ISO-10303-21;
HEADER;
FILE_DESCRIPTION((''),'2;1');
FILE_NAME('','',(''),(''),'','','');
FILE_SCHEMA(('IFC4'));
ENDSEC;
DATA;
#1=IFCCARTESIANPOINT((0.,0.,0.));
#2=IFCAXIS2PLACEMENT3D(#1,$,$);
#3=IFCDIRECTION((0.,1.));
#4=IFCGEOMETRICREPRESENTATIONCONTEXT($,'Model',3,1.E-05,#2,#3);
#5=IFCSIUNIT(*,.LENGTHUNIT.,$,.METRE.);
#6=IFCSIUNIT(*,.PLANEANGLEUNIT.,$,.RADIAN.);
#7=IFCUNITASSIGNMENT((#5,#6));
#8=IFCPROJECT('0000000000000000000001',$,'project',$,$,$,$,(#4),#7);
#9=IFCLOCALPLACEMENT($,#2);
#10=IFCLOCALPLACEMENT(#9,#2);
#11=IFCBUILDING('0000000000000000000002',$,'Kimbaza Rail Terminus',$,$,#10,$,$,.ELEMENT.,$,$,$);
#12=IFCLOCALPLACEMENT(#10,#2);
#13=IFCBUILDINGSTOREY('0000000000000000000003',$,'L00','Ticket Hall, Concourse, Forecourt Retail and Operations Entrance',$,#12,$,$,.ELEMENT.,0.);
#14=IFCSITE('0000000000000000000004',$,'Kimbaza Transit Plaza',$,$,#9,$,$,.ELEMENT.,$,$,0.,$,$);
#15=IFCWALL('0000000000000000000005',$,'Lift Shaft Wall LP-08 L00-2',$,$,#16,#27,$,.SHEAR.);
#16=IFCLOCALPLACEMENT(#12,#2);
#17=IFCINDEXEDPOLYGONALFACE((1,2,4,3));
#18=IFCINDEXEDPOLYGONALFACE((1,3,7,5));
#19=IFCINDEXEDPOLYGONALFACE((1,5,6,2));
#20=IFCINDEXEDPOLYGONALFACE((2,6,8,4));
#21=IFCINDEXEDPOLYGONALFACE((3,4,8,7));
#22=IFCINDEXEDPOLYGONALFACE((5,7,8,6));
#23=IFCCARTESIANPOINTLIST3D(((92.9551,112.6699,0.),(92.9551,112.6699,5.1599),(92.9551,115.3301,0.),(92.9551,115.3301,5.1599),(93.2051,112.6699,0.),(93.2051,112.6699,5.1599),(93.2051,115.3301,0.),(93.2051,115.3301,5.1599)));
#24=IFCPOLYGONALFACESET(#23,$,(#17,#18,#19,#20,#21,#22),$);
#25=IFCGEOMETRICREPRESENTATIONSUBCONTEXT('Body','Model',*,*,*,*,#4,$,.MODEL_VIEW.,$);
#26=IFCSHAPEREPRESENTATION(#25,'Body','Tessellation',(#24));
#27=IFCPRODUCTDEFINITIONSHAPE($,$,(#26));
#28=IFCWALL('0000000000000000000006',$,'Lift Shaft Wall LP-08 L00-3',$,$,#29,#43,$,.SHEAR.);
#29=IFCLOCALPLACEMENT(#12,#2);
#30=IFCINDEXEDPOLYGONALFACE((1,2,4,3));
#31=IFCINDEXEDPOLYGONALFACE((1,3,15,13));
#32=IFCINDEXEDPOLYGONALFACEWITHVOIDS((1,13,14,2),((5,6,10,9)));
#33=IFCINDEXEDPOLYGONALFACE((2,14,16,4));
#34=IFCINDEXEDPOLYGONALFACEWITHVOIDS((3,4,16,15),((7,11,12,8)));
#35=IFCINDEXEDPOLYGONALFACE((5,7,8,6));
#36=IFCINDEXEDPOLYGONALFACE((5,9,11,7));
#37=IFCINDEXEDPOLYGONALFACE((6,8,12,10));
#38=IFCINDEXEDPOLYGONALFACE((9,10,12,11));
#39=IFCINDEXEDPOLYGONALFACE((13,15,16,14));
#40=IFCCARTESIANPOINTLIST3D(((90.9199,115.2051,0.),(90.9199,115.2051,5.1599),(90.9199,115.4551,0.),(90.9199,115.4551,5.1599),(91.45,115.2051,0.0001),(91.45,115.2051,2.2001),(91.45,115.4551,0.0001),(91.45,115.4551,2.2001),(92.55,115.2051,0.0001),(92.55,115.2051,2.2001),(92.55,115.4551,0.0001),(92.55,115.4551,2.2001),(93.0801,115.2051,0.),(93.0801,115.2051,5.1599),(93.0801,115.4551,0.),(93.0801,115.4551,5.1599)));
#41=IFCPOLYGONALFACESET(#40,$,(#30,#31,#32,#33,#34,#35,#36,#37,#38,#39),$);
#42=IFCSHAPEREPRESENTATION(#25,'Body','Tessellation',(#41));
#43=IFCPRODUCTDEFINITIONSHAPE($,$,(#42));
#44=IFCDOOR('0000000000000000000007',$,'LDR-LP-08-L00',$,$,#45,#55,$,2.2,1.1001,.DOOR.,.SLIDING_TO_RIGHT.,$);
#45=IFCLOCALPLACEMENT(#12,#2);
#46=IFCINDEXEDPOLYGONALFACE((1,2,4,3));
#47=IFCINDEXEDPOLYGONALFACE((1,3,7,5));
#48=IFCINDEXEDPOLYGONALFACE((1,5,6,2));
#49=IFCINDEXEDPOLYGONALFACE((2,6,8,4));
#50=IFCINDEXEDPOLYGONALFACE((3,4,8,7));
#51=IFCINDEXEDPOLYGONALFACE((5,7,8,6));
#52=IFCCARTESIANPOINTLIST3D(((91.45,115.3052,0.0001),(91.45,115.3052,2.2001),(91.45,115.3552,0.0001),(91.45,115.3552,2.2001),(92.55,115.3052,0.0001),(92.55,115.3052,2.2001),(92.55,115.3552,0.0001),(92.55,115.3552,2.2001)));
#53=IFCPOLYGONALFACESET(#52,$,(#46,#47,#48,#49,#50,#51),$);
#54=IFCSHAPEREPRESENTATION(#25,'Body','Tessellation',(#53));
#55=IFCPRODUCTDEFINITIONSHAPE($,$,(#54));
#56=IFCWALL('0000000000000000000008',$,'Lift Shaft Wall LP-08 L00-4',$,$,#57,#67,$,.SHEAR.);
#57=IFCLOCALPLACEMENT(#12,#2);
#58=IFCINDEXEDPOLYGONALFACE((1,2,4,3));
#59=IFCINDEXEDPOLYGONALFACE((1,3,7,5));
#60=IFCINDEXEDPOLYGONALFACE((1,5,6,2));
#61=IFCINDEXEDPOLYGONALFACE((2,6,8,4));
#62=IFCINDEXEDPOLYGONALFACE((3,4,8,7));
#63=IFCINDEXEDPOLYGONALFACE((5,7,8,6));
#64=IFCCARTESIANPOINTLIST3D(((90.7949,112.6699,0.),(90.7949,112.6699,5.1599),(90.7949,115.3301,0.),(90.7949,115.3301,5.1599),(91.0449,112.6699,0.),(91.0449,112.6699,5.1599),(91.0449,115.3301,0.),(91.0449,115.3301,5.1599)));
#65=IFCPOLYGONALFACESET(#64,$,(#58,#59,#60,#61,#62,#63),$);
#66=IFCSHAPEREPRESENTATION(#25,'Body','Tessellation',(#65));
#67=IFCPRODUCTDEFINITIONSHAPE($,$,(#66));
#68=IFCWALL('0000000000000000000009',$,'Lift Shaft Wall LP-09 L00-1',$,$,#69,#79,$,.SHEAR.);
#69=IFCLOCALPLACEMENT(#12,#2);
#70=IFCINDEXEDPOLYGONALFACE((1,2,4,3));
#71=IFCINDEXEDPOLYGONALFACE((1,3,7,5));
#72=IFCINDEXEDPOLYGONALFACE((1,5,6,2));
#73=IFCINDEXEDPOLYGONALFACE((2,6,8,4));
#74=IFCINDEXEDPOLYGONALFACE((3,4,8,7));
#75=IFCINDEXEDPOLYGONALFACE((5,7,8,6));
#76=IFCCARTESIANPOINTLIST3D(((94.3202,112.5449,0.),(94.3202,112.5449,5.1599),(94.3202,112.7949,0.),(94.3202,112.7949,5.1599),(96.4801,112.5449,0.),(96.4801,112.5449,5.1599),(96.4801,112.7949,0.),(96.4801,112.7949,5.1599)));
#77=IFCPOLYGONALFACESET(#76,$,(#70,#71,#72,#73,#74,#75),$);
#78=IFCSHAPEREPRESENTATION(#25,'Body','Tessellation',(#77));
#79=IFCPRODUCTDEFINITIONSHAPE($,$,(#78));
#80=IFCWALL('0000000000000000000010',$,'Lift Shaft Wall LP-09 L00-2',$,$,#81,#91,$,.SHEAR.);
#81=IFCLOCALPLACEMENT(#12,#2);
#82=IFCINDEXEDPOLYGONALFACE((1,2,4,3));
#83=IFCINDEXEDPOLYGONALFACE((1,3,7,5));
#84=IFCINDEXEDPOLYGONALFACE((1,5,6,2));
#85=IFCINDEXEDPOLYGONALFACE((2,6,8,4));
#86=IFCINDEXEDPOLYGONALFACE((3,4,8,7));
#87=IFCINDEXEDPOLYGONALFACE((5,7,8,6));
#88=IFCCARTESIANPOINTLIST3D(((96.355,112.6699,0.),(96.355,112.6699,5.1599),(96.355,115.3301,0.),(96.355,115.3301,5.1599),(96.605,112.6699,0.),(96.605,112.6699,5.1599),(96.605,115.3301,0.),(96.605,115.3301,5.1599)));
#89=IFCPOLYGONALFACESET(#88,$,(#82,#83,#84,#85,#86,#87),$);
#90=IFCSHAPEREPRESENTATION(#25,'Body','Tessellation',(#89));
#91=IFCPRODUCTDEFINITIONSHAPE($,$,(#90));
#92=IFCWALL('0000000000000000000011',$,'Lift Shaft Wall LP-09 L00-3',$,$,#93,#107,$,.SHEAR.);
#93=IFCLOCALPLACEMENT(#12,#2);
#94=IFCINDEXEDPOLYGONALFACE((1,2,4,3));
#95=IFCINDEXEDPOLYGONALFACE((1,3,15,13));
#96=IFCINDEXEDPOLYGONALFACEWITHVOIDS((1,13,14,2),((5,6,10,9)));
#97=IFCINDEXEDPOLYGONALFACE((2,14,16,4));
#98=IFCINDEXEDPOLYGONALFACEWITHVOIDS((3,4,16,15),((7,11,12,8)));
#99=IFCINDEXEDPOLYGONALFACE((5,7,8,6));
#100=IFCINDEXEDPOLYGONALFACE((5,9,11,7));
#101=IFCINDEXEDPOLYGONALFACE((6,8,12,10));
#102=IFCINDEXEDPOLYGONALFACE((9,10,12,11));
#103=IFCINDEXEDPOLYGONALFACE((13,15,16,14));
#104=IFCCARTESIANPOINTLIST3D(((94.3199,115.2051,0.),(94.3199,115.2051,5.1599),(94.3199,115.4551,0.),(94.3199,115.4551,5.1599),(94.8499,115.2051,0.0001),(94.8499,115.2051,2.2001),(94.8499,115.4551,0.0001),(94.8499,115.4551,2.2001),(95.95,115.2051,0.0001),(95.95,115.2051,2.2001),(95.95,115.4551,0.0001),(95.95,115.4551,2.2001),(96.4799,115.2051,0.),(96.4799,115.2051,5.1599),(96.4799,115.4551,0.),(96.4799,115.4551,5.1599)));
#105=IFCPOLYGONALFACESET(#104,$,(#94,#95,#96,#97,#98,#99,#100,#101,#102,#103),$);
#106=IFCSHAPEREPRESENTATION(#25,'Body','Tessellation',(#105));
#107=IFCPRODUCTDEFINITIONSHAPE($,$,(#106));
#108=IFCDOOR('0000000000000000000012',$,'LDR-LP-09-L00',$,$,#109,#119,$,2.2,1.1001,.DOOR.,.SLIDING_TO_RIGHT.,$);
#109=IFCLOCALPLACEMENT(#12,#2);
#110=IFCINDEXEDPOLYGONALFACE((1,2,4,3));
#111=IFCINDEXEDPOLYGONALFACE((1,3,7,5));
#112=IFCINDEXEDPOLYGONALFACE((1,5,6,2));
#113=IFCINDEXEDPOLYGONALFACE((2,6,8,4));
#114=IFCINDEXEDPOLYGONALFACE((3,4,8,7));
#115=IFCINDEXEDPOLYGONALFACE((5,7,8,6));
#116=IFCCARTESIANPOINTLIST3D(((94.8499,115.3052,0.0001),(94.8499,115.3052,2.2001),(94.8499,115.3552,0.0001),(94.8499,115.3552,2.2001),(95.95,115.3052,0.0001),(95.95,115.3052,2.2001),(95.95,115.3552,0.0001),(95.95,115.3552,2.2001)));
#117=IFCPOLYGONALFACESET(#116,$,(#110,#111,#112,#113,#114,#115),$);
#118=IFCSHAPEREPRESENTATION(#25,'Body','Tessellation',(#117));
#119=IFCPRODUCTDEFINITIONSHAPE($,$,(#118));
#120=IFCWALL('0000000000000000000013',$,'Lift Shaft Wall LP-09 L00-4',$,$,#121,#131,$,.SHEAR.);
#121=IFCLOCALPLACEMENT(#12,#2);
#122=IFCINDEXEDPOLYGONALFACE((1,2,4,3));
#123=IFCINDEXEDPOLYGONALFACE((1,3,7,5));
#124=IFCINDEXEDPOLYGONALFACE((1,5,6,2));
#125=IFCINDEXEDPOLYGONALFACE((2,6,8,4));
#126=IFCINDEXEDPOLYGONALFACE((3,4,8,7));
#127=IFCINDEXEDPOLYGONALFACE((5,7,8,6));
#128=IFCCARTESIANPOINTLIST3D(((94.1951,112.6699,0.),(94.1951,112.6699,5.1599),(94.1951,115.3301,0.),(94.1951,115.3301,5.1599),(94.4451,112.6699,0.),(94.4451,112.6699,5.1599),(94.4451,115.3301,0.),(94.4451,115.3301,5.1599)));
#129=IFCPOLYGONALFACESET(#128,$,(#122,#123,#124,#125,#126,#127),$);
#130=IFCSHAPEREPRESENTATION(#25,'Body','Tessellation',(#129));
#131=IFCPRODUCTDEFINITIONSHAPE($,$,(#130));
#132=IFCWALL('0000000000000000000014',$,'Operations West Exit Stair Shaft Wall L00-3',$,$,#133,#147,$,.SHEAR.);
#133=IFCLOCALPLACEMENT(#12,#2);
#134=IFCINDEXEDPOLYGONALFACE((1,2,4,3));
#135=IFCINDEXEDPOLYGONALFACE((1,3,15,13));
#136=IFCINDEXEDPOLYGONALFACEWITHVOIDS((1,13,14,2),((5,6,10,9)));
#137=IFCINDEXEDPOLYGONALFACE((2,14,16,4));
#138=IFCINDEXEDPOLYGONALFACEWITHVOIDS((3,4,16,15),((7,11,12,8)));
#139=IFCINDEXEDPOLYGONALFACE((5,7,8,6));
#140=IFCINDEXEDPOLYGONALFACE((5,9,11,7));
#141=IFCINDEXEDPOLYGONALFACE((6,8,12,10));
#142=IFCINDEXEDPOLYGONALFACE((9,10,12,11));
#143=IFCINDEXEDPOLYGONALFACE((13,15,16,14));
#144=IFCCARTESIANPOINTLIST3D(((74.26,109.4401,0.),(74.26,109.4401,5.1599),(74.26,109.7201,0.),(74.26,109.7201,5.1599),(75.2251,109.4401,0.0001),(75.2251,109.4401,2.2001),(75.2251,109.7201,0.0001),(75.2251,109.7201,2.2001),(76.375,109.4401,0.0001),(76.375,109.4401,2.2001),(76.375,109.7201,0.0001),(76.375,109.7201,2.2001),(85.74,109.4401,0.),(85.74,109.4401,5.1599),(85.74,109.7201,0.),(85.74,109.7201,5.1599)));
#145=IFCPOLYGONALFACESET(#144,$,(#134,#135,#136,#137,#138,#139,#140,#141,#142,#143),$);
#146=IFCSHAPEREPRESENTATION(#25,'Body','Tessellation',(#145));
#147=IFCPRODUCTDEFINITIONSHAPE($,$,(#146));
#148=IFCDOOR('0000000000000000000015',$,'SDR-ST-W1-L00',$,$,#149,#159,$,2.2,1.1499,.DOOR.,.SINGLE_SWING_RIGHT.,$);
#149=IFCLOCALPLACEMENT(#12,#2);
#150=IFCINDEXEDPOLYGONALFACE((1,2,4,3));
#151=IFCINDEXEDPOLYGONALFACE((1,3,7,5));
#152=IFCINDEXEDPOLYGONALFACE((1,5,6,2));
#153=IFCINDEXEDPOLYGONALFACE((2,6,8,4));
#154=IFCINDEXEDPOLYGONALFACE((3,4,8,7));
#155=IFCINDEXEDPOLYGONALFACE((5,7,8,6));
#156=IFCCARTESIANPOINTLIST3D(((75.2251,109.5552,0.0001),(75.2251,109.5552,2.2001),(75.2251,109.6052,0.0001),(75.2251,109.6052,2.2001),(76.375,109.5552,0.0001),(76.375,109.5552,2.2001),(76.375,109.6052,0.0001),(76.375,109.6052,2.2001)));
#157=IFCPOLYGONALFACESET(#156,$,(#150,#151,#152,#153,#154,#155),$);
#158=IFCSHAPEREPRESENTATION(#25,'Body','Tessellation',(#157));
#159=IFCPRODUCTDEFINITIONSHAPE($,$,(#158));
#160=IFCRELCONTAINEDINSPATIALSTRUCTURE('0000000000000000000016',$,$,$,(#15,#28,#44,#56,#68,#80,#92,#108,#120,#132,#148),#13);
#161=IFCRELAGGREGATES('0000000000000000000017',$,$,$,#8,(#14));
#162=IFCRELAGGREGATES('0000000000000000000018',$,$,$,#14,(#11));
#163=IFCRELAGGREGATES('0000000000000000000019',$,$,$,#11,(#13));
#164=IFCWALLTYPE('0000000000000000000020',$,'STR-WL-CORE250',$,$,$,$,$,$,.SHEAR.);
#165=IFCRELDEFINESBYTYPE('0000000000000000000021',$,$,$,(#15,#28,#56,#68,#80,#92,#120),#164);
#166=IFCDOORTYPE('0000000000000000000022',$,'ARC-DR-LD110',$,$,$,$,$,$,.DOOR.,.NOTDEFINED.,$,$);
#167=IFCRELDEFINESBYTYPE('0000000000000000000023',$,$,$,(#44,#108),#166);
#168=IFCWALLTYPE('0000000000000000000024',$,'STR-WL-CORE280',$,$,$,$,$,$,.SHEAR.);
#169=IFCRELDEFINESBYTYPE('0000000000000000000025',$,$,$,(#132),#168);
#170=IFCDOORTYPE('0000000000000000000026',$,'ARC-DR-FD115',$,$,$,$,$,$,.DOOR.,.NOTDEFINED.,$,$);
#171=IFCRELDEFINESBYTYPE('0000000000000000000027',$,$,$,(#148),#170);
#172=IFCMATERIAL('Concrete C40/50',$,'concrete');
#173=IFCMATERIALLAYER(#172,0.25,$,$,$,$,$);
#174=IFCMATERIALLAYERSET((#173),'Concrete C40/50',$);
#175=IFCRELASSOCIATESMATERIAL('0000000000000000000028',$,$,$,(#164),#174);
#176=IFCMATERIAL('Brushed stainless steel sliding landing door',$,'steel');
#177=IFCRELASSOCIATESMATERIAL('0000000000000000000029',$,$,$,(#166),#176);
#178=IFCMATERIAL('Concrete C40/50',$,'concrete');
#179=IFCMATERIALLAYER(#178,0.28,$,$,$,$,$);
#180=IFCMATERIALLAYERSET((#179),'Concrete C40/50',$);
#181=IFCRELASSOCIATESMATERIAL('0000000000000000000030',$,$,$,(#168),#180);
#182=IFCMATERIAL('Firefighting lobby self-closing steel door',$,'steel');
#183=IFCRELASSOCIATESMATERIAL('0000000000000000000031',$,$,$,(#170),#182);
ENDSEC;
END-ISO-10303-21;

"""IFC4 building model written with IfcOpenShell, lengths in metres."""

from ifc_helpers import new_model, si_unit, direction, frame, frame_2d, origin, place, context, subcontext, project, spatial, rectangle, extrude, material, layer, layer_set, type_object, element, fill, save


model = new_model("IFC4")

# Units and contexts
model_context = context("Model", 3, precision=1e-05, world=origin(), true_north=direction((0.0, 1.0)))
body_context = subcontext(model_context, "Body", "Model", "MODEL_VIEW")
ifc_project = project(units=[si_unit("LENGTHUNIT", "METRE"), si_unit("PLANEANGLEUNIT", "RADIAN")], contexts=[model_context])

# Site, building, storey
site_placement = place(None, origin())
site = spatial("IfcSite", under=ifc_project, at=site_placement, Name="Kimbaza Transit Plaza", CompositionType="ELEMENT", RefElevation=0.0)
building_placement = place(site_placement, origin())
building = spatial("IfcBuilding", under=site, at=building_placement, Name="Kimbaza Rail Terminus", CompositionType="ELEMENT")
storey_placement = place(building_placement, origin())
storey = spatial("IfcBuildingStorey", under=building, at=storey_placement, Name="L00", Description="Ticket Hall, Concourse, Forecourt Retail and Operations Entrance", CompositionType="ELEMENT", Elevation=0.0)

# Wall
ifc_material_1 = material(Name="Concrete C40/50", Category="concrete")
ifc_layer_1 = layer(ifc_material_1, 0.25)
ifc_layer_set_1 = layer_set([ifc_layer_1], Name="Concrete C40/50")
wall_type_1 = type_object("IfcWallType", Name="STR-WL-CORE250", PredefinedType="SHEAR", material=ifc_layer_set_1)
wall_1_placement = place(storey_placement, frame((93.0801, 112.6699, 0.0), z_axis=(0.0, 0.0, 1.0), x_axis=(0.0, 1.0, 0.0)))
element("IfcWall", 1, at=wall_1_placement, inside=storey, type_object=wall_type_1, Name="Lift Shaft Wall LP-08 L00-2", PredefinedType="SHEAR", context=body_context, shape_type="SweptSolid", body=[
    extrude(rectangle(XDim=2.6602, YDim=0.25, at=frame_2d((1.3301, 0.0))), origin(), (0.0, 0.0, 1.0), 5.1599),
])

# Wall, opening, door
wall_2_placement = place(storey_placement, frame((93.0801, 115.3301, 0.0), z_axis=(0.0, 0.0, 1.0), x_axis=(-1.0, 0.0, 0.0)))
wall_2 = element("IfcWall", 2, at=wall_2_placement, inside=storey, type_object=wall_type_1, Name="Lift Shaft Wall LP-08 L00-3", PredefinedType="SHEAR", context=body_context, shape_type="SweptSolid", body=[
    extrude(rectangle(XDim=2.1602, YDim=0.25, at=frame_2d((1.0801, 0.0))), origin(), (0.0, 0.0, 1.0), 5.1599),
])
opening_1_placement = place(wall_2_placement, frame((0.53, 0.0, 0.0)))
opening_1 = element("IfcOpeningElement", 3, at=opening_1_placement, cuts=wall_2, PredefinedType="OPENING", context=body_context, shape_type="SweptSolid", body=[
    extrude(rectangle(XDim=1.1001, YDim=2.2, at=frame_2d((0.55, 1.1001))), frame((0.0, 0.135, 0.0), z_axis=(0.0, -1.0, 0.0), x_axis=(1.0, 0.0, 0.0)), (0.0, 0.0, 1.0), 0.27),
])
ifc_material_2 = material(Name="Brushed stainless steel sliding landing door", Category="steel")
door_type_1 = type_object("IfcDoorType", Name="ARC-DR-LD110", OperationType="NOTDEFINED", PredefinedType="DOOR", material=ifc_material_2)
door_1_placement = place(opening_1_placement, origin())
door_1 = element("IfcDoor", 4, at=door_1_placement, inside=storey, type_object=door_type_1, Name="LDR-LP-08-L00", OperationType="SLIDING_TO_RIGHT", OverallHeight=2.2, OverallWidth=1.1001, PredefinedType="DOOR", context=body_context, shape_type="SweptSolid", body=[
    extrude(rectangle(XDim=1.1001, YDim=2.2, at=frame_2d((0.55, 1.1001))), frame((0.0, 0.0249, 0.0), z_axis=(0.0, -1.0, 0.0), x_axis=(1.0, 0.0, 0.0)), (0.0, 0.0, 1.0), 0.05),
])
fill(opening_1, door_1)

# Walls
wall_3_placement = place(storey_placement, frame((90.9199, 115.3301, 0.0), z_axis=(0.0, 0.0, 1.0), x_axis=(0.0, -1.0, 0.0)))
element("IfcWall", 5, at=wall_3_placement, inside=storey, type_object=wall_type_1, Name="Lift Shaft Wall LP-08 L00-4", PredefinedType="SHEAR", context=body_context, shape_type="SweptSolid", body=[
    extrude(rectangle(XDim=2.6602, YDim=0.25, at=frame_2d((1.3301, 0.0))), origin(), (0.0, 0.0, 1.0), 5.1599),
])
wall_4_placement = place(storey_placement, frame((94.3201, 112.6699, 0.0), z_axis=(0.0, 0.0, 1.0), x_axis=(1.0, 0.0, 0.0)))
element("IfcWall", 6, at=wall_4_placement, inside=storey, type_object=wall_type_1, Name="Lift Shaft Wall LP-09 L00-1", PredefinedType="SHEAR", context=body_context, shape_type="SweptSolid", body=[
    extrude(rectangle(XDim=2.1599, YDim=0.25, at=frame_2d((1.0801, 0.0))), origin(), (0.0, 0.0, 1.0), 5.1599),
])
wall_5_placement = place(storey_placement, frame((96.48, 112.6699, 0.0), z_axis=(0.0, 0.0, 1.0), x_axis=(0.0, 1.0, 0.0)))
element("IfcWall", 7, at=wall_5_placement, inside=storey, type_object=wall_type_1, Name="Lift Shaft Wall LP-09 L00-2", PredefinedType="SHEAR", context=body_context, shape_type="SweptSolid", body=[
    extrude(rectangle(XDim=2.6602, YDim=0.25, at=frame_2d((1.3301, 0.0))), origin(), (0.0, 0.0, 1.0), 5.1599),
])

# Wall, opening, door
wall_6_placement = place(storey_placement, frame((96.48, 115.3301, 0.0), z_axis=(0.0, 0.0, 1.0), x_axis=(-1.0, 0.0, 0.0)))
wall_6 = element("IfcWall", 8, at=wall_6_placement, inside=storey, type_object=wall_type_1, Name="Lift Shaft Wall LP-09 L00-3", PredefinedType="SHEAR", context=body_context, shape_type="SweptSolid", body=[
    extrude(rectangle(XDim=2.1599, YDim=0.25, at=frame_2d((1.0801, 0.0))), origin(), (0.0, 0.0, 1.0), 5.1599),
])
opening_2_placement = place(wall_6_placement, frame((0.53, 0.0, 0.0)))
opening_2 = element("IfcOpeningElement", 9, at=opening_2_placement, cuts=wall_6, PredefinedType="OPENING", context=body_context, shape_type="SweptSolid", body=[
    extrude(rectangle(XDim=1.1001, YDim=2.2, at=frame_2d((0.55, 1.1001))), frame((0.0, 0.135, 0.0), z_axis=(0.0, -1.0, 0.0), x_axis=(1.0, 0.0, 0.0)), (0.0, 0.0, 1.0), 0.27),
])
door_2_placement = place(opening_2_placement, origin())
door_2 = element("IfcDoor", 10, at=door_2_placement, inside=storey, type_object=door_type_1, Name="LDR-LP-09-L00", OperationType="SLIDING_TO_RIGHT", OverallHeight=2.2, OverallWidth=1.1001, PredefinedType="DOOR", context=body_context, shape_type="SweptSolid", body=[
    extrude(rectangle(XDim=1.1001, YDim=2.2, at=frame_2d((0.55, 1.1001))), frame((0.0, 0.0249, 0.0), z_axis=(0.0, -1.0, 0.0), x_axis=(1.0, 0.0, 0.0)), (0.0, 0.0, 1.0), 0.05),
])
fill(opening_2, door_2)

# Wall
wall_7_placement = place(storey_placement, frame((94.3201, 115.3301, 0.0), z_axis=(0.0, 0.0, 1.0), x_axis=(0.0, -1.0, 0.0)))
element("IfcWall", 11, at=wall_7_placement, inside=storey, type_object=wall_type_1, Name="Lift Shaft Wall LP-09 L00-4", PredefinedType="SHEAR", context=body_context, shape_type="SweptSolid", body=[
    extrude(rectangle(XDim=2.6602, YDim=0.25, at=frame_2d((1.3301, 0.0))), origin(), (0.0, 0.0, 1.0), 5.1599),
])

# Wall, opening, door
ifc_material_3 = material(Name="Concrete C40/50", Category="concrete")
ifc_layer_2 = layer(ifc_material_3, 0.28)
ifc_layer_set_2 = layer_set([ifc_layer_2], Name="Concrete C40/50")
wall_type_2 = type_object("IfcWallType", Name="STR-WL-CORE280", PredefinedType="SHEAR", material=ifc_layer_set_2)
wall_8_placement = place(storey_placement, frame((85.74, 109.5801, 0.0), z_axis=(0.0, 0.0, 1.0), x_axis=(-1.0, 0.0, 0.0)))
wall_8 = element("IfcWall", 12, at=wall_8_placement, inside=storey, type_object=wall_type_2, Name="Operations West Exit Stair Shaft Wall L00-3", PredefinedType="SHEAR", context=body_context, shape_type="SweptSolid", body=[
    extrude(rectangle(XDim=11.48, YDim=0.28, at=frame_2d((5.74, 0.0))), origin(), (0.0, 0.0, 1.0), 5.1599),
])
opening_3_placement = place(wall_8_placement, frame((9.365, 0.0, 0.0)))
opening_3 = element("IfcOpeningElement", 13, at=opening_3_placement, cuts=wall_8, PredefinedType="OPENING", context=body_context, shape_type="SweptSolid", body=[
    extrude(rectangle(XDim=1.1499, YDim=2.2, at=frame_2d((0.575, 1.1001))), frame((0.0, 0.1499, 0.0), z_axis=(0.0, -1.0, 0.0), x_axis=(1.0, 0.0, 0.0)), (0.0, 0.0, 1.0), 0.3),
])
ifc_material_4 = material(Name="Firefighting lobby self-closing steel door", Category="steel")
door_type_2 = type_object("IfcDoorType", Name="ARC-DR-FD115", OperationType="NOTDEFINED", PredefinedType="DOOR", material=ifc_material_4)
door_3_placement = place(opening_3_placement, origin())
door_3 = element("IfcDoor", 14, at=door_3_placement, inside=storey, type_object=door_type_2, Name="SDR-ST-W1-L00", OperationType="SINGLE_SWING_RIGHT", OverallHeight=2.2, OverallWidth=1.1499, PredefinedType="DOOR", context=body_context, shape_type="SweptSolid", body=[
    extrude(rectangle(XDim=1.1499, YDim=2.2, at=frame_2d((0.575, 1.1001))), frame((0.0, 0.0249, 0.0), z_axis=(0.0, -1.0, 0.0), x_axis=(1.0, 0.0, 0.0)), (0.0, 0.0, 1.0), 0.05),
])
fill(opening_3, door_3)

save(model, "model.ifc")
